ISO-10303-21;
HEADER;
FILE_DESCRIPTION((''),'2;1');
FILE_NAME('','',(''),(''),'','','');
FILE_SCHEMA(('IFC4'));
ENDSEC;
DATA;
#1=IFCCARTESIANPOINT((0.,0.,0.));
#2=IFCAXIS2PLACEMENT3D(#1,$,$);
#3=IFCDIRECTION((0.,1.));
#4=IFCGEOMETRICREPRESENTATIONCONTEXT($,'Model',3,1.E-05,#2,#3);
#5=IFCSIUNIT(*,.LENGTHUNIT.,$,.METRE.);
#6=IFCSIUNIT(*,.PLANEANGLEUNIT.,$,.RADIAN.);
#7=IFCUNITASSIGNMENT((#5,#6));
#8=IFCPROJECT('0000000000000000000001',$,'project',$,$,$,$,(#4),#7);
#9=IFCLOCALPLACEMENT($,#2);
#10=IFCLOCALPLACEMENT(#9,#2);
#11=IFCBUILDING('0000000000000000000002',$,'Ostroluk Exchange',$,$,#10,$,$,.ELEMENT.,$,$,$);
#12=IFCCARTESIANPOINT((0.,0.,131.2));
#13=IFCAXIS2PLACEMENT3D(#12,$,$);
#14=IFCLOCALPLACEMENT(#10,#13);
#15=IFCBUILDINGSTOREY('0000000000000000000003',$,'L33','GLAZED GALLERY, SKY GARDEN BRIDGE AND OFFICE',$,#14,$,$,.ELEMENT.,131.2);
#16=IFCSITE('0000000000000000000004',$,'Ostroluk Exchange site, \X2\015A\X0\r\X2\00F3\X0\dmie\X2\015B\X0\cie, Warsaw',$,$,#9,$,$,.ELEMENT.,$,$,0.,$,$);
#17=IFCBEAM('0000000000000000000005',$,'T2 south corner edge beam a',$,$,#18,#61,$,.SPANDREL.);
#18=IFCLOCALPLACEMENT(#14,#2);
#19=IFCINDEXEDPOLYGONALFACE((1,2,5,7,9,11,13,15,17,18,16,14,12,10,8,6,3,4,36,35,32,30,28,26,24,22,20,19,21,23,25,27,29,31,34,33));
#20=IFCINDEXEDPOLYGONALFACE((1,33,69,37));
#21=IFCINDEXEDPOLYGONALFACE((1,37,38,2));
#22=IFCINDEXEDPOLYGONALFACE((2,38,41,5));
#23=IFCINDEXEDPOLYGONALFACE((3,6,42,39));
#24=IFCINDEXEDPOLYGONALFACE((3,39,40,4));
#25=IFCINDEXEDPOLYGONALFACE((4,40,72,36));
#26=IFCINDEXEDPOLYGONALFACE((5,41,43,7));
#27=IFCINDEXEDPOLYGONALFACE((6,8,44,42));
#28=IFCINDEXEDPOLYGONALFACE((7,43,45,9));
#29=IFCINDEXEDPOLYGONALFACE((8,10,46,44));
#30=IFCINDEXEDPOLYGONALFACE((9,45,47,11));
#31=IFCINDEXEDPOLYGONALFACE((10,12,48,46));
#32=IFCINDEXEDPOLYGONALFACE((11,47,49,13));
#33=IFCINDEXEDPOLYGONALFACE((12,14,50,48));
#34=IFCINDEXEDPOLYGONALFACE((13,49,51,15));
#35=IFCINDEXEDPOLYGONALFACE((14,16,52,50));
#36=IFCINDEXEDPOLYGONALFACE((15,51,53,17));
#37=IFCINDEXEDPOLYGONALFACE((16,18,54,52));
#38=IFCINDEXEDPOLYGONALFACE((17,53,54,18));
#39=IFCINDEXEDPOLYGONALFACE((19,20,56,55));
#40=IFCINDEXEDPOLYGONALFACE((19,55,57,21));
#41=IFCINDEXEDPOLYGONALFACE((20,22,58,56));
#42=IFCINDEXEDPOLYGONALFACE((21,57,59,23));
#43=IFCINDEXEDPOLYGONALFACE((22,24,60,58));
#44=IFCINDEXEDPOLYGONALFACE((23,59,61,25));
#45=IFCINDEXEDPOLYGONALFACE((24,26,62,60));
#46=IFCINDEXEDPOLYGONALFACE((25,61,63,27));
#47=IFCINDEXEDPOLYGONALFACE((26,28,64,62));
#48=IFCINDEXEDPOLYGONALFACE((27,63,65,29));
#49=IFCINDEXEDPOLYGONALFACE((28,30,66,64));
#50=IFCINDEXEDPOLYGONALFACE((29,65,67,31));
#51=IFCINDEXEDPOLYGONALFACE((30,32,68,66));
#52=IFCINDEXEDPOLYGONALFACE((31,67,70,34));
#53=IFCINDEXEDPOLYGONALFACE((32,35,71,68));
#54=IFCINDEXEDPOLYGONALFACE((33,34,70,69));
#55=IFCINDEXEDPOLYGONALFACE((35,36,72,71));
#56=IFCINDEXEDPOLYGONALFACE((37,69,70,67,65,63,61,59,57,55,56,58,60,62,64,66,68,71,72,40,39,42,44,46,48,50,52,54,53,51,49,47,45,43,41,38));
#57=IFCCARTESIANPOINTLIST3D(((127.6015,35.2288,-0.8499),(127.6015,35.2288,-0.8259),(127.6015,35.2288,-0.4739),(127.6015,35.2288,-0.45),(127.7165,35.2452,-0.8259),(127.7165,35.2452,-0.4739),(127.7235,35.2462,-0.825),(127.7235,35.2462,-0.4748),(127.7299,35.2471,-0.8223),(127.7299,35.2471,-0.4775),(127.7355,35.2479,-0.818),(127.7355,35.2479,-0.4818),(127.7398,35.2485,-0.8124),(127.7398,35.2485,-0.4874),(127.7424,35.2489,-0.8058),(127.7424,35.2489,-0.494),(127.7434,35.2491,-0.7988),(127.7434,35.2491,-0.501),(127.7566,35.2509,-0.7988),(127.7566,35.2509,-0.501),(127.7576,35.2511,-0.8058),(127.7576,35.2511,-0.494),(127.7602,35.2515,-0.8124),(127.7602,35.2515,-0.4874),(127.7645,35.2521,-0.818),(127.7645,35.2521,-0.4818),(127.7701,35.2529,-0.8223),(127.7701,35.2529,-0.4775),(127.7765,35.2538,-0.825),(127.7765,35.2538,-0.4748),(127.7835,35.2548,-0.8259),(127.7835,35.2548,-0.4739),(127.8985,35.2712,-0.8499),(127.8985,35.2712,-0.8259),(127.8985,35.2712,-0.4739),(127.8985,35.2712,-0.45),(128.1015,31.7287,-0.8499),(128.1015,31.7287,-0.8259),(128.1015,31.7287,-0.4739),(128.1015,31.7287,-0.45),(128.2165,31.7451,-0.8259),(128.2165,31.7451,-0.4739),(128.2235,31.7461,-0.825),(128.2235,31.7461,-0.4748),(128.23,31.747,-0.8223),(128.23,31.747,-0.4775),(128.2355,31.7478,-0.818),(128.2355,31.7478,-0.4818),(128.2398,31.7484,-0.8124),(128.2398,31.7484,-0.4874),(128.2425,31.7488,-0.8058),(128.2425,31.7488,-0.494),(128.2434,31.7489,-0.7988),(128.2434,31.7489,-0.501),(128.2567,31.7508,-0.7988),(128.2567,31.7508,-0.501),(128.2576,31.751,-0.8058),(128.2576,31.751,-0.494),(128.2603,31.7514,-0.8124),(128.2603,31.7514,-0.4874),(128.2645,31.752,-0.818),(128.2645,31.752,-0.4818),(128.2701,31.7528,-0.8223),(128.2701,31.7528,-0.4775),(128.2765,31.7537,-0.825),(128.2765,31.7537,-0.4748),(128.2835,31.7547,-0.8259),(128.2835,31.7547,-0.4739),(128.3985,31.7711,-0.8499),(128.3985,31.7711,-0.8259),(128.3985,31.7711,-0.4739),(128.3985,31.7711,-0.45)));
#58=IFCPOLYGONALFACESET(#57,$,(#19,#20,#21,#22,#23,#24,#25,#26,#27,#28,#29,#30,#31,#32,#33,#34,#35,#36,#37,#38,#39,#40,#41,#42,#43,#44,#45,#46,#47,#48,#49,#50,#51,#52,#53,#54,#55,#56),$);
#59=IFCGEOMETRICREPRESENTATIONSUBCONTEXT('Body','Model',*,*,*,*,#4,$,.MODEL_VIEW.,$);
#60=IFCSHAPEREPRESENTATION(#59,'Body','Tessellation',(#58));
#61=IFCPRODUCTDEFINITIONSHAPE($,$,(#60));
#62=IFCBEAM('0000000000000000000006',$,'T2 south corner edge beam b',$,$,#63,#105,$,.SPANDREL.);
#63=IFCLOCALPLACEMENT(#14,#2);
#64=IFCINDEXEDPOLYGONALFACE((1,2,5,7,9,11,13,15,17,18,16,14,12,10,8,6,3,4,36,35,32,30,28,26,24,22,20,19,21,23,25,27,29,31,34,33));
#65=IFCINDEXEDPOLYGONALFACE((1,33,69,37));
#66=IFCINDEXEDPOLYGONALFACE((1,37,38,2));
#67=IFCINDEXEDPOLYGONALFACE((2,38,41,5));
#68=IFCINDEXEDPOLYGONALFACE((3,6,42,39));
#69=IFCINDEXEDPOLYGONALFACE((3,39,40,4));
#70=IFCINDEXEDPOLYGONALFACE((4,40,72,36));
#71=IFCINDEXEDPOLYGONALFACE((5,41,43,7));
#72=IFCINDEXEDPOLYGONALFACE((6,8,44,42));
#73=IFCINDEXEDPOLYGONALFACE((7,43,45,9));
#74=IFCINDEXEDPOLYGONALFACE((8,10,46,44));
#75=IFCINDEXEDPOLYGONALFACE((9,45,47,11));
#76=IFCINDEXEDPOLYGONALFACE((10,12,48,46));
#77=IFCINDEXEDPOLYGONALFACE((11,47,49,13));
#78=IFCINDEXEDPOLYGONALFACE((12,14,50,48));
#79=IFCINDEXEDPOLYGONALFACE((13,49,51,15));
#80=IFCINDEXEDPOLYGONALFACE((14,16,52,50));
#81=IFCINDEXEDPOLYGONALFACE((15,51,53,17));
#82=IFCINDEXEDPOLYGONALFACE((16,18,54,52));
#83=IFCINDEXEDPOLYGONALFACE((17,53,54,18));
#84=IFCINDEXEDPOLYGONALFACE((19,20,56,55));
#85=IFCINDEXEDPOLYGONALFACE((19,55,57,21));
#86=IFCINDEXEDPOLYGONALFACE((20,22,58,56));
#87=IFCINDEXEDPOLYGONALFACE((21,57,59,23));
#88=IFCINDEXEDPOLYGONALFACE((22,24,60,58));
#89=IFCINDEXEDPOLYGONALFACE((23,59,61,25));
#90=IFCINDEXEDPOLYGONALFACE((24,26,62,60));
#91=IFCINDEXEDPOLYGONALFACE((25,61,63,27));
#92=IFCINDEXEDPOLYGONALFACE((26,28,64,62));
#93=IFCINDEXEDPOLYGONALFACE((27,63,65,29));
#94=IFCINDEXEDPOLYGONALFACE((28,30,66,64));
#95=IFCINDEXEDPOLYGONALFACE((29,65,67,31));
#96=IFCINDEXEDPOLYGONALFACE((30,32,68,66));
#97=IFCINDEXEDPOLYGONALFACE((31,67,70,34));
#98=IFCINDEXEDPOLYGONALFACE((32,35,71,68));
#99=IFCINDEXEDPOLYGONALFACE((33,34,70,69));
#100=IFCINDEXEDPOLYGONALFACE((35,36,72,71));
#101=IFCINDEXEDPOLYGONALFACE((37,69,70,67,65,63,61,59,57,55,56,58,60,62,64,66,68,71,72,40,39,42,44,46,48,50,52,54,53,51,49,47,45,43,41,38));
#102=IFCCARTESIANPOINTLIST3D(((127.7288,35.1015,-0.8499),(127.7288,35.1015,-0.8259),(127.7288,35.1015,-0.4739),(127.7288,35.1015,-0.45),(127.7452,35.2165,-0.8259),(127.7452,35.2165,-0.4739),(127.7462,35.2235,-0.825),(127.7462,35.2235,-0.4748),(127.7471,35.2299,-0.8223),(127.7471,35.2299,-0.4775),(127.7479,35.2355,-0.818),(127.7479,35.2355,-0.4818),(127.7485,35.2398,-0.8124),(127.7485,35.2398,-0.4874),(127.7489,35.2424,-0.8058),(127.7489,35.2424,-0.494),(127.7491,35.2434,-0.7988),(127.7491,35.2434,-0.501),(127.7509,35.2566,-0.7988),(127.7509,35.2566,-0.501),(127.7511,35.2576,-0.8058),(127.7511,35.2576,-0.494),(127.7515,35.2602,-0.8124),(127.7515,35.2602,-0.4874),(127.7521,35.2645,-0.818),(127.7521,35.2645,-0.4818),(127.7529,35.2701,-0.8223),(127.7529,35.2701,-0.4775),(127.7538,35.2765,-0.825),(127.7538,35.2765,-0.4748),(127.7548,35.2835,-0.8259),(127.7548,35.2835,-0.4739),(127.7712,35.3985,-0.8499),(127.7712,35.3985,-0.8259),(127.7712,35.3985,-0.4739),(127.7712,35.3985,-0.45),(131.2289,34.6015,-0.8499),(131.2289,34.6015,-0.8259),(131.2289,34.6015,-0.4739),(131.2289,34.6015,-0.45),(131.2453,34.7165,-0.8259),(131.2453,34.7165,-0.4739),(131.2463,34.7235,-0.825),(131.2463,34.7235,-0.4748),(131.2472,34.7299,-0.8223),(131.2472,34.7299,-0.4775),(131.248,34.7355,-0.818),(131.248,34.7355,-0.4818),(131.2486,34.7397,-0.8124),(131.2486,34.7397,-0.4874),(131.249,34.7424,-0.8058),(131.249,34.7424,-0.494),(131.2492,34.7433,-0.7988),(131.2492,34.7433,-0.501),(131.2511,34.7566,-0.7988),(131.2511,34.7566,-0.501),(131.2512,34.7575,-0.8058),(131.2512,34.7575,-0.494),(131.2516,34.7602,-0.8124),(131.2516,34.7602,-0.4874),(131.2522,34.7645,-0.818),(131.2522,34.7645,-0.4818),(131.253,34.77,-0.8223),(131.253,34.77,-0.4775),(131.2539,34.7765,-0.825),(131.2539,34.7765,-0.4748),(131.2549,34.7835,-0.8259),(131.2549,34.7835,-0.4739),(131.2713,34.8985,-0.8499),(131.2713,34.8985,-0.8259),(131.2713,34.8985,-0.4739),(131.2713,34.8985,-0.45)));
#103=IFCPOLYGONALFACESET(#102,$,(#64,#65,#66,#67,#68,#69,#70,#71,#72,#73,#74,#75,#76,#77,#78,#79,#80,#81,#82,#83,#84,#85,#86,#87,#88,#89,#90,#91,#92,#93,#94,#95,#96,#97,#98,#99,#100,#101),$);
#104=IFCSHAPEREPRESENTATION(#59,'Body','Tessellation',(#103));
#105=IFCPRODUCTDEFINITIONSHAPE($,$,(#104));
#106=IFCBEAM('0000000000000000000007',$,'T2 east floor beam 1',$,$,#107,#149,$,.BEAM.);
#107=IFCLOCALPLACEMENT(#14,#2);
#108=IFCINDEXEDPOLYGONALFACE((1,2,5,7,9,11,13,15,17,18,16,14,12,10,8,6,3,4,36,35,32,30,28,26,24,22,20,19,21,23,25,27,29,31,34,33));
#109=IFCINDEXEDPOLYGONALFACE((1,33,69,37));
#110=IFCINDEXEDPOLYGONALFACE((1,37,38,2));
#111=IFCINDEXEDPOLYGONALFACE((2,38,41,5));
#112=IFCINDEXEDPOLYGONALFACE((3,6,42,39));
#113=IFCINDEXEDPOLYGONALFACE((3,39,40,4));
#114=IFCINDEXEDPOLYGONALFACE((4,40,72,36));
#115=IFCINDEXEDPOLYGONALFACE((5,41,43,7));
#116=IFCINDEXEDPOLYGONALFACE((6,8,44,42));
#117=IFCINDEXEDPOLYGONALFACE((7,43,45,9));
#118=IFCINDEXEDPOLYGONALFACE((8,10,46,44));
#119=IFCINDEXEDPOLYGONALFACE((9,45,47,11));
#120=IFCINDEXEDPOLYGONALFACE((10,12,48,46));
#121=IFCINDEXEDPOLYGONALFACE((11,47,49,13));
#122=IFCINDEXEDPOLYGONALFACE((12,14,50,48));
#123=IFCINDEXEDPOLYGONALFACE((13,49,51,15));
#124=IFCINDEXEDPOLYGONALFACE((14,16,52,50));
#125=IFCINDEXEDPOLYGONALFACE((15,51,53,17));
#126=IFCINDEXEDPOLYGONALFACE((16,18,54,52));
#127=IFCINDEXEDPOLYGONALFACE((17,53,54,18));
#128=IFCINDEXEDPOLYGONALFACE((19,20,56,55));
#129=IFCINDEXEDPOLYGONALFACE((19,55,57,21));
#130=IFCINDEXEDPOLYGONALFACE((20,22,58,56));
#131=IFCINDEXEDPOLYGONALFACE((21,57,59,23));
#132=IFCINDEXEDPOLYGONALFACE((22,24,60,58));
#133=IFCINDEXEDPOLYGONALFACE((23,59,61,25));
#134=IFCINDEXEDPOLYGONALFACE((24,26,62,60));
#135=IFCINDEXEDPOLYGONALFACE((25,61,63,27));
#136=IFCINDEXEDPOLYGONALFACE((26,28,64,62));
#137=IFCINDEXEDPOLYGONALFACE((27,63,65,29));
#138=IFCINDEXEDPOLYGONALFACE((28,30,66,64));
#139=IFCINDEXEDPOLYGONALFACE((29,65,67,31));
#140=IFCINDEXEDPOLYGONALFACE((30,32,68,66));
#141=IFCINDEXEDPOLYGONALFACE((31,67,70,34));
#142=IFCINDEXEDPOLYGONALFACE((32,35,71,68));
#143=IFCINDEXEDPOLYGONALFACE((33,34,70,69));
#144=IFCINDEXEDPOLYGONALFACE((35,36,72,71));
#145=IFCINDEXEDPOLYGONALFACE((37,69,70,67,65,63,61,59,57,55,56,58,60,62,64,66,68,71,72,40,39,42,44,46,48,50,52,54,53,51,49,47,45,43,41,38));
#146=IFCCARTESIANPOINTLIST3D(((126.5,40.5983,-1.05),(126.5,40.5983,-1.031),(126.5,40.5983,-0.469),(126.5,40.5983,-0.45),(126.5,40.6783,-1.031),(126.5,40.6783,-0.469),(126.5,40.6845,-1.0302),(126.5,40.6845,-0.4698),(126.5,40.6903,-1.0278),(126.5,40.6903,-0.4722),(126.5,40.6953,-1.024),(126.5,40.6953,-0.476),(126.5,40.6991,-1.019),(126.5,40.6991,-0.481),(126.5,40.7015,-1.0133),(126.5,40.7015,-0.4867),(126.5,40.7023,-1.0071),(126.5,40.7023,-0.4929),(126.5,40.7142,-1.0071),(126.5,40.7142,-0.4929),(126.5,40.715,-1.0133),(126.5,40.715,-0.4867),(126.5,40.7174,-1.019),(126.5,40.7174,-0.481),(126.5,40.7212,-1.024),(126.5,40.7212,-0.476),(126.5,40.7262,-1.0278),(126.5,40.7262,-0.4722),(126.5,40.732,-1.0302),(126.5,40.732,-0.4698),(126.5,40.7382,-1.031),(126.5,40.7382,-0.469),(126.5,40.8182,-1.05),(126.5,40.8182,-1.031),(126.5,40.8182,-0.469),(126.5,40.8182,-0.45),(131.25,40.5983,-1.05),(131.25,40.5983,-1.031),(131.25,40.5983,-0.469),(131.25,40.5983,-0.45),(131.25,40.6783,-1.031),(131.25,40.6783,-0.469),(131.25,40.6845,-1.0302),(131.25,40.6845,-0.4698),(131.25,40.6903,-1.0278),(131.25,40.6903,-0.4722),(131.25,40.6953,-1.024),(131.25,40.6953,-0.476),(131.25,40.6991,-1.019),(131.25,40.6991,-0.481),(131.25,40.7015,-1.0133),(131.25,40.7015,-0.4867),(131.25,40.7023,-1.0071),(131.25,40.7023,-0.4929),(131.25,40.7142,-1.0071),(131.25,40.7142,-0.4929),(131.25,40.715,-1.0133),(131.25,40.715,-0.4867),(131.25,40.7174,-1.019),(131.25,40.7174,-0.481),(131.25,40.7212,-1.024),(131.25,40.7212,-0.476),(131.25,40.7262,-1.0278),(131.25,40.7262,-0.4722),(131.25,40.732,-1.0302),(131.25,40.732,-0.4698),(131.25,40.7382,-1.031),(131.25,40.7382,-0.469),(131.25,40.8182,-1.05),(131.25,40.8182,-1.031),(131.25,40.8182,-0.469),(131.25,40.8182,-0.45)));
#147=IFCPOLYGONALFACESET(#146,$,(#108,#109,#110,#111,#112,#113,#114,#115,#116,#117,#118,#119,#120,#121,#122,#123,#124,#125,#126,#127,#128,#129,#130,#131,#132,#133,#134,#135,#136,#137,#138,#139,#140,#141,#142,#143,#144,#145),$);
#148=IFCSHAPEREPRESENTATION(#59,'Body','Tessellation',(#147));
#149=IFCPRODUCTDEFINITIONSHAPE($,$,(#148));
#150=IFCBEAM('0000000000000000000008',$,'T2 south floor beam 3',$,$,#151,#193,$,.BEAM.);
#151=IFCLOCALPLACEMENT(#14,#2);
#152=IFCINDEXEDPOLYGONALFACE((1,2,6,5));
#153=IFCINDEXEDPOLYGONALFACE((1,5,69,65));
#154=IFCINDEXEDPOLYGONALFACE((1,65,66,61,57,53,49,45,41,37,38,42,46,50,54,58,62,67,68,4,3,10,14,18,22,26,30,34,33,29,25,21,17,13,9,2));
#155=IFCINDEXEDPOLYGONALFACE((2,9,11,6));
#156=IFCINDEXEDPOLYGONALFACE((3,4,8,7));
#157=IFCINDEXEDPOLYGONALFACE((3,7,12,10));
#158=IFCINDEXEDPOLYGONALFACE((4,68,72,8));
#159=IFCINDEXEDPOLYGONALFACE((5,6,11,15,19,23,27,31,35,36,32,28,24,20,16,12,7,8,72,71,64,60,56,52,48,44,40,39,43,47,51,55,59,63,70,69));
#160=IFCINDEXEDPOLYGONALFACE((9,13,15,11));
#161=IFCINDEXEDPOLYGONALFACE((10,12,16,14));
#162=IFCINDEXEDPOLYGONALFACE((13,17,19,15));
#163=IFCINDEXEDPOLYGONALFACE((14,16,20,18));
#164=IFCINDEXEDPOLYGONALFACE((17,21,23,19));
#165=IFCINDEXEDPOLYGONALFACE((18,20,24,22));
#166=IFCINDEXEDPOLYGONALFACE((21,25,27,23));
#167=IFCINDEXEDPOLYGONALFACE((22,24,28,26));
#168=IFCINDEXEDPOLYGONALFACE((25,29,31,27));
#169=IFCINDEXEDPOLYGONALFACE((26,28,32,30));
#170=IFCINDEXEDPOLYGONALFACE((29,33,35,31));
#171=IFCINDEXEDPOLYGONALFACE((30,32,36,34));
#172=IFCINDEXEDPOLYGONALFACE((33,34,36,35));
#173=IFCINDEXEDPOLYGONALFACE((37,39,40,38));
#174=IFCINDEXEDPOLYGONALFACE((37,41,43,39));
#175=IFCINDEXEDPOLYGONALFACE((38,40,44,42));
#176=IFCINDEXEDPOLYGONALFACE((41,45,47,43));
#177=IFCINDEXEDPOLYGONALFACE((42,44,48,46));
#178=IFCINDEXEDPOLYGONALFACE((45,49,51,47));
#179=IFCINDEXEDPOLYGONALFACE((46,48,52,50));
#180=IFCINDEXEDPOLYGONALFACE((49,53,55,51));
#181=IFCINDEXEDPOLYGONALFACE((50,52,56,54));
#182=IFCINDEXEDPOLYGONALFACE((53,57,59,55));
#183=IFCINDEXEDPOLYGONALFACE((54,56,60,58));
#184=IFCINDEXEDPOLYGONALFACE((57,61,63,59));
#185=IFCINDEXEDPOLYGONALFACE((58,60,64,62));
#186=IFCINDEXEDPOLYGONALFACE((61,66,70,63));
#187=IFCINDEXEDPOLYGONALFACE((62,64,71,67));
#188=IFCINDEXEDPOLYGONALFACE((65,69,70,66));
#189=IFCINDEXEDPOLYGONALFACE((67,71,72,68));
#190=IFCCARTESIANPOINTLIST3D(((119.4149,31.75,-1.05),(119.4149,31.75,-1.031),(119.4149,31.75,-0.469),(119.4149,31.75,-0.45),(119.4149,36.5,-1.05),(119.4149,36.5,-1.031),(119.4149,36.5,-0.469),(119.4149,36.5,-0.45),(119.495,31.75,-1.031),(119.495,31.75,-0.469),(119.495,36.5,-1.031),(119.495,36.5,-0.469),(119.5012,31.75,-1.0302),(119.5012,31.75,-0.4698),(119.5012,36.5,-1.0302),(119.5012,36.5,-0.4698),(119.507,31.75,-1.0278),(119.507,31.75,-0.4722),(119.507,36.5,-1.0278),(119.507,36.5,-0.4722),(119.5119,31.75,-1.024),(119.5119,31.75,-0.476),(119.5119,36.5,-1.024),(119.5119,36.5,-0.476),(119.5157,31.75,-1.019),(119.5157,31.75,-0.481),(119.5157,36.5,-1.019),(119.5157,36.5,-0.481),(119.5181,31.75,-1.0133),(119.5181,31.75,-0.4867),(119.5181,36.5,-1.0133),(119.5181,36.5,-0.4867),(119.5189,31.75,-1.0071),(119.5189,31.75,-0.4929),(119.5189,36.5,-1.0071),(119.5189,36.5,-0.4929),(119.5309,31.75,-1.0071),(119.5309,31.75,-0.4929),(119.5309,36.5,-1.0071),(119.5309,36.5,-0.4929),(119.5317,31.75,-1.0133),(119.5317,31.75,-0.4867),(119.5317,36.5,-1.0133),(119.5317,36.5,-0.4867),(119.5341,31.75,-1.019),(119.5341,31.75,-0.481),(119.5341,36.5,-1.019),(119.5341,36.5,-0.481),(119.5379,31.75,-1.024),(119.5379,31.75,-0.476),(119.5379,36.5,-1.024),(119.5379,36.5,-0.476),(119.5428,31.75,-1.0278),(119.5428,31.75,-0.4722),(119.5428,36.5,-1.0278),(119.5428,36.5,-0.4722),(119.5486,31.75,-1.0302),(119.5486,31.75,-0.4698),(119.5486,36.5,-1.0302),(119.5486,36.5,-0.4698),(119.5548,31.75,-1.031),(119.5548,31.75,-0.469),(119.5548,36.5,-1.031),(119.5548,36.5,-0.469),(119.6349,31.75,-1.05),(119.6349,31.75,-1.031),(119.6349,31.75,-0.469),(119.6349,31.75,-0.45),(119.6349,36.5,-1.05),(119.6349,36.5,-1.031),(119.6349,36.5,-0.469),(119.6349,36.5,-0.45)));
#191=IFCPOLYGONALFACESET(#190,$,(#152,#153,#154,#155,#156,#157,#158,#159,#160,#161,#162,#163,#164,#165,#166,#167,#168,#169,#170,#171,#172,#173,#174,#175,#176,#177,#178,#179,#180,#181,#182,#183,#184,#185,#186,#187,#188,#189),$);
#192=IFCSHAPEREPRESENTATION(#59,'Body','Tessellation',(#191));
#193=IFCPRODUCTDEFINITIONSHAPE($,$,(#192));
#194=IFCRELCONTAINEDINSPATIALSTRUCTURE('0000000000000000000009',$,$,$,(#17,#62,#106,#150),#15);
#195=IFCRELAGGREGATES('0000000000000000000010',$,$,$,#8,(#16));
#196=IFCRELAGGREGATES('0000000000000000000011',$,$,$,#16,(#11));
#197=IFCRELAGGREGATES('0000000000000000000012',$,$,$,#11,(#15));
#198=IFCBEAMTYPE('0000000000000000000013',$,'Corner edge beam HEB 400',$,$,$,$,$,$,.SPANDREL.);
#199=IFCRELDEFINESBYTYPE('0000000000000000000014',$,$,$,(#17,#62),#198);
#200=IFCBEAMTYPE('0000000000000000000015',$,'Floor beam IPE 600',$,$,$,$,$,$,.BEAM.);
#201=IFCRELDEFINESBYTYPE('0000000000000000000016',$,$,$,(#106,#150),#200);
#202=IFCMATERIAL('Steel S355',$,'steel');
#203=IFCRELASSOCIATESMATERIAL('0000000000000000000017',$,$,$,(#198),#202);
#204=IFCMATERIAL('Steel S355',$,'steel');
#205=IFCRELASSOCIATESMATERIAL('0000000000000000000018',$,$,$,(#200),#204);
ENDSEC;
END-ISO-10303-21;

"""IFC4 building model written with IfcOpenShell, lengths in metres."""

from ifc_helpers import new_model, si_unit, direction, frame, origin, origin_2d, place, context, subcontext, project, spatial, i_section, extrude, material, material_profile, profile_set, type_object, element, save


model = new_model("IFC4")

# Units and contexts
model_context = context("Model", 3, precision=1e-05, world=origin(), true_north=direction((0.0, 1.0)))
body_context = subcontext(model_context, "Body", "Model", "MODEL_VIEW")
ifc_project = project(units=[si_unit("LENGTHUNIT", "METRE"), si_unit("PLANEANGLEUNIT", "RADIAN")], contexts=[model_context])

# Site, building, storey
site_placement = place(None, origin())
site = spatial("IfcSite", under=ifc_project, at=site_placement, Name="Ostroluk Exchange site, Śródmieście, Warsaw", CompositionType="ELEMENT", RefElevation=0.0)
building_placement = place(site_placement, origin())
building = spatial("IfcBuilding", under=site, at=building_placement, Name="Ostroluk Exchange", CompositionType="ELEMENT")
storey_placement = place(building_placement, frame((0.0, 0.0, 131.2)))
storey = spatial("IfcBuildingStorey", under=building, at=storey_placement, Name="L33", Description="GLAZED GALLERY, SKY GARDEN BRIDGE AND OFFICE", CompositionType="ELEMENT", Elevation=131.2)

# Beams
ifc_material_1 = material(Name="Steel S355", Category="steel")
ifc_material_profile_1 = material_profile(ifc_material_1, i_section(OverallWidth=0.3, OverallDepth=0.3999, WebThickness=0.0134, FlangeThickness=0.0239, FilletRadius=0.0271, at=origin_2d()), Name="HEB 400")
ifc_profile_set_1 = profile_set([ifc_material_profile_1], Name="Steel S355")
beam_type_1 = type_object("IfcBeamType", Name="Corner edge beam HEB 400", PredefinedType="SPANDREL", material=ifc_profile_set_1)
for number, where, z_axis, x_axis, name in (
    (1, (127.75, 35.25, -0.6499), (0.141421, -0.989949, 0.0), (0.989949, 0.141421, 0.0), "T2 south corner edge beam a"),
    (2, (127.75, 35.25, -0.6499), (0.989949, -0.141421, 0.0), (0.141421, 0.989949, 0.0), "T2 south corner edge beam b"),
):
    element("IfcBeam", number, at=place(storey_placement, frame(where, z_axis=z_axis, x_axis=x_axis)), inside=storey, type_object=beam_type_1, Name=name, PredefinedType="SPANDREL", context=body_context, shape_type="SweptSolid", body=[
        extrude(i_section(OverallWidth=0.3, OverallDepth=0.3999, WebThickness=0.0134, FlangeThickness=0.0239, FilletRadius=0.0271, at=origin_2d()), origin(), (0.0, 0.0, 1.0), 3.5356),
    ])
ifc_material_2 = material(Name="Steel S355", Category="steel")
ifc_material_profile_2 = material_profile(ifc_material_2, i_section(OverallWidth=0.22, OverallDepth=0.6001, WebThickness=0.012, FlangeThickness=0.019, FilletRadius=0.0239, at=origin_2d()), Name="IPE 600")
ifc_profile_set_2 = profile_set([ifc_material_profile_2], Name="Steel S355")
beam_type_2 = type_object("IfcBeamType", Name="Floor beam IPE 600", PredefinedType="BEAM", material=ifc_profile_set_2)
for number, where, z_axis, x_axis, name in (
    (3, (126.5, 40.7083, -0.75), (1.0, 0.0, 0.0), (0.0, 1.0, 0.0), "T2 east floor beam 1"),
    (4, (119.5249, 36.5, -0.75), (0.0, -1.0, 0.0), (1.0, 0.0, 0.0), "T2 south floor beam 3"),
):
    element("IfcBeam", number, at=place(storey_placement, frame(where, z_axis=z_axis, x_axis=x_axis)), inside=storey, type_object=beam_type_2, Name=name, PredefinedType="BEAM", context=body_context, shape_type="SweptSolid", body=[
        extrude(i_section(OverallWidth=0.22, OverallDepth=0.6001, WebThickness=0.012, FlangeThickness=0.019, FilletRadius=0.0239, at=origin_2d()), origin(), (0.0, 0.0, 1.0), 4.75),
    ])

save(model, "model.ifc")
